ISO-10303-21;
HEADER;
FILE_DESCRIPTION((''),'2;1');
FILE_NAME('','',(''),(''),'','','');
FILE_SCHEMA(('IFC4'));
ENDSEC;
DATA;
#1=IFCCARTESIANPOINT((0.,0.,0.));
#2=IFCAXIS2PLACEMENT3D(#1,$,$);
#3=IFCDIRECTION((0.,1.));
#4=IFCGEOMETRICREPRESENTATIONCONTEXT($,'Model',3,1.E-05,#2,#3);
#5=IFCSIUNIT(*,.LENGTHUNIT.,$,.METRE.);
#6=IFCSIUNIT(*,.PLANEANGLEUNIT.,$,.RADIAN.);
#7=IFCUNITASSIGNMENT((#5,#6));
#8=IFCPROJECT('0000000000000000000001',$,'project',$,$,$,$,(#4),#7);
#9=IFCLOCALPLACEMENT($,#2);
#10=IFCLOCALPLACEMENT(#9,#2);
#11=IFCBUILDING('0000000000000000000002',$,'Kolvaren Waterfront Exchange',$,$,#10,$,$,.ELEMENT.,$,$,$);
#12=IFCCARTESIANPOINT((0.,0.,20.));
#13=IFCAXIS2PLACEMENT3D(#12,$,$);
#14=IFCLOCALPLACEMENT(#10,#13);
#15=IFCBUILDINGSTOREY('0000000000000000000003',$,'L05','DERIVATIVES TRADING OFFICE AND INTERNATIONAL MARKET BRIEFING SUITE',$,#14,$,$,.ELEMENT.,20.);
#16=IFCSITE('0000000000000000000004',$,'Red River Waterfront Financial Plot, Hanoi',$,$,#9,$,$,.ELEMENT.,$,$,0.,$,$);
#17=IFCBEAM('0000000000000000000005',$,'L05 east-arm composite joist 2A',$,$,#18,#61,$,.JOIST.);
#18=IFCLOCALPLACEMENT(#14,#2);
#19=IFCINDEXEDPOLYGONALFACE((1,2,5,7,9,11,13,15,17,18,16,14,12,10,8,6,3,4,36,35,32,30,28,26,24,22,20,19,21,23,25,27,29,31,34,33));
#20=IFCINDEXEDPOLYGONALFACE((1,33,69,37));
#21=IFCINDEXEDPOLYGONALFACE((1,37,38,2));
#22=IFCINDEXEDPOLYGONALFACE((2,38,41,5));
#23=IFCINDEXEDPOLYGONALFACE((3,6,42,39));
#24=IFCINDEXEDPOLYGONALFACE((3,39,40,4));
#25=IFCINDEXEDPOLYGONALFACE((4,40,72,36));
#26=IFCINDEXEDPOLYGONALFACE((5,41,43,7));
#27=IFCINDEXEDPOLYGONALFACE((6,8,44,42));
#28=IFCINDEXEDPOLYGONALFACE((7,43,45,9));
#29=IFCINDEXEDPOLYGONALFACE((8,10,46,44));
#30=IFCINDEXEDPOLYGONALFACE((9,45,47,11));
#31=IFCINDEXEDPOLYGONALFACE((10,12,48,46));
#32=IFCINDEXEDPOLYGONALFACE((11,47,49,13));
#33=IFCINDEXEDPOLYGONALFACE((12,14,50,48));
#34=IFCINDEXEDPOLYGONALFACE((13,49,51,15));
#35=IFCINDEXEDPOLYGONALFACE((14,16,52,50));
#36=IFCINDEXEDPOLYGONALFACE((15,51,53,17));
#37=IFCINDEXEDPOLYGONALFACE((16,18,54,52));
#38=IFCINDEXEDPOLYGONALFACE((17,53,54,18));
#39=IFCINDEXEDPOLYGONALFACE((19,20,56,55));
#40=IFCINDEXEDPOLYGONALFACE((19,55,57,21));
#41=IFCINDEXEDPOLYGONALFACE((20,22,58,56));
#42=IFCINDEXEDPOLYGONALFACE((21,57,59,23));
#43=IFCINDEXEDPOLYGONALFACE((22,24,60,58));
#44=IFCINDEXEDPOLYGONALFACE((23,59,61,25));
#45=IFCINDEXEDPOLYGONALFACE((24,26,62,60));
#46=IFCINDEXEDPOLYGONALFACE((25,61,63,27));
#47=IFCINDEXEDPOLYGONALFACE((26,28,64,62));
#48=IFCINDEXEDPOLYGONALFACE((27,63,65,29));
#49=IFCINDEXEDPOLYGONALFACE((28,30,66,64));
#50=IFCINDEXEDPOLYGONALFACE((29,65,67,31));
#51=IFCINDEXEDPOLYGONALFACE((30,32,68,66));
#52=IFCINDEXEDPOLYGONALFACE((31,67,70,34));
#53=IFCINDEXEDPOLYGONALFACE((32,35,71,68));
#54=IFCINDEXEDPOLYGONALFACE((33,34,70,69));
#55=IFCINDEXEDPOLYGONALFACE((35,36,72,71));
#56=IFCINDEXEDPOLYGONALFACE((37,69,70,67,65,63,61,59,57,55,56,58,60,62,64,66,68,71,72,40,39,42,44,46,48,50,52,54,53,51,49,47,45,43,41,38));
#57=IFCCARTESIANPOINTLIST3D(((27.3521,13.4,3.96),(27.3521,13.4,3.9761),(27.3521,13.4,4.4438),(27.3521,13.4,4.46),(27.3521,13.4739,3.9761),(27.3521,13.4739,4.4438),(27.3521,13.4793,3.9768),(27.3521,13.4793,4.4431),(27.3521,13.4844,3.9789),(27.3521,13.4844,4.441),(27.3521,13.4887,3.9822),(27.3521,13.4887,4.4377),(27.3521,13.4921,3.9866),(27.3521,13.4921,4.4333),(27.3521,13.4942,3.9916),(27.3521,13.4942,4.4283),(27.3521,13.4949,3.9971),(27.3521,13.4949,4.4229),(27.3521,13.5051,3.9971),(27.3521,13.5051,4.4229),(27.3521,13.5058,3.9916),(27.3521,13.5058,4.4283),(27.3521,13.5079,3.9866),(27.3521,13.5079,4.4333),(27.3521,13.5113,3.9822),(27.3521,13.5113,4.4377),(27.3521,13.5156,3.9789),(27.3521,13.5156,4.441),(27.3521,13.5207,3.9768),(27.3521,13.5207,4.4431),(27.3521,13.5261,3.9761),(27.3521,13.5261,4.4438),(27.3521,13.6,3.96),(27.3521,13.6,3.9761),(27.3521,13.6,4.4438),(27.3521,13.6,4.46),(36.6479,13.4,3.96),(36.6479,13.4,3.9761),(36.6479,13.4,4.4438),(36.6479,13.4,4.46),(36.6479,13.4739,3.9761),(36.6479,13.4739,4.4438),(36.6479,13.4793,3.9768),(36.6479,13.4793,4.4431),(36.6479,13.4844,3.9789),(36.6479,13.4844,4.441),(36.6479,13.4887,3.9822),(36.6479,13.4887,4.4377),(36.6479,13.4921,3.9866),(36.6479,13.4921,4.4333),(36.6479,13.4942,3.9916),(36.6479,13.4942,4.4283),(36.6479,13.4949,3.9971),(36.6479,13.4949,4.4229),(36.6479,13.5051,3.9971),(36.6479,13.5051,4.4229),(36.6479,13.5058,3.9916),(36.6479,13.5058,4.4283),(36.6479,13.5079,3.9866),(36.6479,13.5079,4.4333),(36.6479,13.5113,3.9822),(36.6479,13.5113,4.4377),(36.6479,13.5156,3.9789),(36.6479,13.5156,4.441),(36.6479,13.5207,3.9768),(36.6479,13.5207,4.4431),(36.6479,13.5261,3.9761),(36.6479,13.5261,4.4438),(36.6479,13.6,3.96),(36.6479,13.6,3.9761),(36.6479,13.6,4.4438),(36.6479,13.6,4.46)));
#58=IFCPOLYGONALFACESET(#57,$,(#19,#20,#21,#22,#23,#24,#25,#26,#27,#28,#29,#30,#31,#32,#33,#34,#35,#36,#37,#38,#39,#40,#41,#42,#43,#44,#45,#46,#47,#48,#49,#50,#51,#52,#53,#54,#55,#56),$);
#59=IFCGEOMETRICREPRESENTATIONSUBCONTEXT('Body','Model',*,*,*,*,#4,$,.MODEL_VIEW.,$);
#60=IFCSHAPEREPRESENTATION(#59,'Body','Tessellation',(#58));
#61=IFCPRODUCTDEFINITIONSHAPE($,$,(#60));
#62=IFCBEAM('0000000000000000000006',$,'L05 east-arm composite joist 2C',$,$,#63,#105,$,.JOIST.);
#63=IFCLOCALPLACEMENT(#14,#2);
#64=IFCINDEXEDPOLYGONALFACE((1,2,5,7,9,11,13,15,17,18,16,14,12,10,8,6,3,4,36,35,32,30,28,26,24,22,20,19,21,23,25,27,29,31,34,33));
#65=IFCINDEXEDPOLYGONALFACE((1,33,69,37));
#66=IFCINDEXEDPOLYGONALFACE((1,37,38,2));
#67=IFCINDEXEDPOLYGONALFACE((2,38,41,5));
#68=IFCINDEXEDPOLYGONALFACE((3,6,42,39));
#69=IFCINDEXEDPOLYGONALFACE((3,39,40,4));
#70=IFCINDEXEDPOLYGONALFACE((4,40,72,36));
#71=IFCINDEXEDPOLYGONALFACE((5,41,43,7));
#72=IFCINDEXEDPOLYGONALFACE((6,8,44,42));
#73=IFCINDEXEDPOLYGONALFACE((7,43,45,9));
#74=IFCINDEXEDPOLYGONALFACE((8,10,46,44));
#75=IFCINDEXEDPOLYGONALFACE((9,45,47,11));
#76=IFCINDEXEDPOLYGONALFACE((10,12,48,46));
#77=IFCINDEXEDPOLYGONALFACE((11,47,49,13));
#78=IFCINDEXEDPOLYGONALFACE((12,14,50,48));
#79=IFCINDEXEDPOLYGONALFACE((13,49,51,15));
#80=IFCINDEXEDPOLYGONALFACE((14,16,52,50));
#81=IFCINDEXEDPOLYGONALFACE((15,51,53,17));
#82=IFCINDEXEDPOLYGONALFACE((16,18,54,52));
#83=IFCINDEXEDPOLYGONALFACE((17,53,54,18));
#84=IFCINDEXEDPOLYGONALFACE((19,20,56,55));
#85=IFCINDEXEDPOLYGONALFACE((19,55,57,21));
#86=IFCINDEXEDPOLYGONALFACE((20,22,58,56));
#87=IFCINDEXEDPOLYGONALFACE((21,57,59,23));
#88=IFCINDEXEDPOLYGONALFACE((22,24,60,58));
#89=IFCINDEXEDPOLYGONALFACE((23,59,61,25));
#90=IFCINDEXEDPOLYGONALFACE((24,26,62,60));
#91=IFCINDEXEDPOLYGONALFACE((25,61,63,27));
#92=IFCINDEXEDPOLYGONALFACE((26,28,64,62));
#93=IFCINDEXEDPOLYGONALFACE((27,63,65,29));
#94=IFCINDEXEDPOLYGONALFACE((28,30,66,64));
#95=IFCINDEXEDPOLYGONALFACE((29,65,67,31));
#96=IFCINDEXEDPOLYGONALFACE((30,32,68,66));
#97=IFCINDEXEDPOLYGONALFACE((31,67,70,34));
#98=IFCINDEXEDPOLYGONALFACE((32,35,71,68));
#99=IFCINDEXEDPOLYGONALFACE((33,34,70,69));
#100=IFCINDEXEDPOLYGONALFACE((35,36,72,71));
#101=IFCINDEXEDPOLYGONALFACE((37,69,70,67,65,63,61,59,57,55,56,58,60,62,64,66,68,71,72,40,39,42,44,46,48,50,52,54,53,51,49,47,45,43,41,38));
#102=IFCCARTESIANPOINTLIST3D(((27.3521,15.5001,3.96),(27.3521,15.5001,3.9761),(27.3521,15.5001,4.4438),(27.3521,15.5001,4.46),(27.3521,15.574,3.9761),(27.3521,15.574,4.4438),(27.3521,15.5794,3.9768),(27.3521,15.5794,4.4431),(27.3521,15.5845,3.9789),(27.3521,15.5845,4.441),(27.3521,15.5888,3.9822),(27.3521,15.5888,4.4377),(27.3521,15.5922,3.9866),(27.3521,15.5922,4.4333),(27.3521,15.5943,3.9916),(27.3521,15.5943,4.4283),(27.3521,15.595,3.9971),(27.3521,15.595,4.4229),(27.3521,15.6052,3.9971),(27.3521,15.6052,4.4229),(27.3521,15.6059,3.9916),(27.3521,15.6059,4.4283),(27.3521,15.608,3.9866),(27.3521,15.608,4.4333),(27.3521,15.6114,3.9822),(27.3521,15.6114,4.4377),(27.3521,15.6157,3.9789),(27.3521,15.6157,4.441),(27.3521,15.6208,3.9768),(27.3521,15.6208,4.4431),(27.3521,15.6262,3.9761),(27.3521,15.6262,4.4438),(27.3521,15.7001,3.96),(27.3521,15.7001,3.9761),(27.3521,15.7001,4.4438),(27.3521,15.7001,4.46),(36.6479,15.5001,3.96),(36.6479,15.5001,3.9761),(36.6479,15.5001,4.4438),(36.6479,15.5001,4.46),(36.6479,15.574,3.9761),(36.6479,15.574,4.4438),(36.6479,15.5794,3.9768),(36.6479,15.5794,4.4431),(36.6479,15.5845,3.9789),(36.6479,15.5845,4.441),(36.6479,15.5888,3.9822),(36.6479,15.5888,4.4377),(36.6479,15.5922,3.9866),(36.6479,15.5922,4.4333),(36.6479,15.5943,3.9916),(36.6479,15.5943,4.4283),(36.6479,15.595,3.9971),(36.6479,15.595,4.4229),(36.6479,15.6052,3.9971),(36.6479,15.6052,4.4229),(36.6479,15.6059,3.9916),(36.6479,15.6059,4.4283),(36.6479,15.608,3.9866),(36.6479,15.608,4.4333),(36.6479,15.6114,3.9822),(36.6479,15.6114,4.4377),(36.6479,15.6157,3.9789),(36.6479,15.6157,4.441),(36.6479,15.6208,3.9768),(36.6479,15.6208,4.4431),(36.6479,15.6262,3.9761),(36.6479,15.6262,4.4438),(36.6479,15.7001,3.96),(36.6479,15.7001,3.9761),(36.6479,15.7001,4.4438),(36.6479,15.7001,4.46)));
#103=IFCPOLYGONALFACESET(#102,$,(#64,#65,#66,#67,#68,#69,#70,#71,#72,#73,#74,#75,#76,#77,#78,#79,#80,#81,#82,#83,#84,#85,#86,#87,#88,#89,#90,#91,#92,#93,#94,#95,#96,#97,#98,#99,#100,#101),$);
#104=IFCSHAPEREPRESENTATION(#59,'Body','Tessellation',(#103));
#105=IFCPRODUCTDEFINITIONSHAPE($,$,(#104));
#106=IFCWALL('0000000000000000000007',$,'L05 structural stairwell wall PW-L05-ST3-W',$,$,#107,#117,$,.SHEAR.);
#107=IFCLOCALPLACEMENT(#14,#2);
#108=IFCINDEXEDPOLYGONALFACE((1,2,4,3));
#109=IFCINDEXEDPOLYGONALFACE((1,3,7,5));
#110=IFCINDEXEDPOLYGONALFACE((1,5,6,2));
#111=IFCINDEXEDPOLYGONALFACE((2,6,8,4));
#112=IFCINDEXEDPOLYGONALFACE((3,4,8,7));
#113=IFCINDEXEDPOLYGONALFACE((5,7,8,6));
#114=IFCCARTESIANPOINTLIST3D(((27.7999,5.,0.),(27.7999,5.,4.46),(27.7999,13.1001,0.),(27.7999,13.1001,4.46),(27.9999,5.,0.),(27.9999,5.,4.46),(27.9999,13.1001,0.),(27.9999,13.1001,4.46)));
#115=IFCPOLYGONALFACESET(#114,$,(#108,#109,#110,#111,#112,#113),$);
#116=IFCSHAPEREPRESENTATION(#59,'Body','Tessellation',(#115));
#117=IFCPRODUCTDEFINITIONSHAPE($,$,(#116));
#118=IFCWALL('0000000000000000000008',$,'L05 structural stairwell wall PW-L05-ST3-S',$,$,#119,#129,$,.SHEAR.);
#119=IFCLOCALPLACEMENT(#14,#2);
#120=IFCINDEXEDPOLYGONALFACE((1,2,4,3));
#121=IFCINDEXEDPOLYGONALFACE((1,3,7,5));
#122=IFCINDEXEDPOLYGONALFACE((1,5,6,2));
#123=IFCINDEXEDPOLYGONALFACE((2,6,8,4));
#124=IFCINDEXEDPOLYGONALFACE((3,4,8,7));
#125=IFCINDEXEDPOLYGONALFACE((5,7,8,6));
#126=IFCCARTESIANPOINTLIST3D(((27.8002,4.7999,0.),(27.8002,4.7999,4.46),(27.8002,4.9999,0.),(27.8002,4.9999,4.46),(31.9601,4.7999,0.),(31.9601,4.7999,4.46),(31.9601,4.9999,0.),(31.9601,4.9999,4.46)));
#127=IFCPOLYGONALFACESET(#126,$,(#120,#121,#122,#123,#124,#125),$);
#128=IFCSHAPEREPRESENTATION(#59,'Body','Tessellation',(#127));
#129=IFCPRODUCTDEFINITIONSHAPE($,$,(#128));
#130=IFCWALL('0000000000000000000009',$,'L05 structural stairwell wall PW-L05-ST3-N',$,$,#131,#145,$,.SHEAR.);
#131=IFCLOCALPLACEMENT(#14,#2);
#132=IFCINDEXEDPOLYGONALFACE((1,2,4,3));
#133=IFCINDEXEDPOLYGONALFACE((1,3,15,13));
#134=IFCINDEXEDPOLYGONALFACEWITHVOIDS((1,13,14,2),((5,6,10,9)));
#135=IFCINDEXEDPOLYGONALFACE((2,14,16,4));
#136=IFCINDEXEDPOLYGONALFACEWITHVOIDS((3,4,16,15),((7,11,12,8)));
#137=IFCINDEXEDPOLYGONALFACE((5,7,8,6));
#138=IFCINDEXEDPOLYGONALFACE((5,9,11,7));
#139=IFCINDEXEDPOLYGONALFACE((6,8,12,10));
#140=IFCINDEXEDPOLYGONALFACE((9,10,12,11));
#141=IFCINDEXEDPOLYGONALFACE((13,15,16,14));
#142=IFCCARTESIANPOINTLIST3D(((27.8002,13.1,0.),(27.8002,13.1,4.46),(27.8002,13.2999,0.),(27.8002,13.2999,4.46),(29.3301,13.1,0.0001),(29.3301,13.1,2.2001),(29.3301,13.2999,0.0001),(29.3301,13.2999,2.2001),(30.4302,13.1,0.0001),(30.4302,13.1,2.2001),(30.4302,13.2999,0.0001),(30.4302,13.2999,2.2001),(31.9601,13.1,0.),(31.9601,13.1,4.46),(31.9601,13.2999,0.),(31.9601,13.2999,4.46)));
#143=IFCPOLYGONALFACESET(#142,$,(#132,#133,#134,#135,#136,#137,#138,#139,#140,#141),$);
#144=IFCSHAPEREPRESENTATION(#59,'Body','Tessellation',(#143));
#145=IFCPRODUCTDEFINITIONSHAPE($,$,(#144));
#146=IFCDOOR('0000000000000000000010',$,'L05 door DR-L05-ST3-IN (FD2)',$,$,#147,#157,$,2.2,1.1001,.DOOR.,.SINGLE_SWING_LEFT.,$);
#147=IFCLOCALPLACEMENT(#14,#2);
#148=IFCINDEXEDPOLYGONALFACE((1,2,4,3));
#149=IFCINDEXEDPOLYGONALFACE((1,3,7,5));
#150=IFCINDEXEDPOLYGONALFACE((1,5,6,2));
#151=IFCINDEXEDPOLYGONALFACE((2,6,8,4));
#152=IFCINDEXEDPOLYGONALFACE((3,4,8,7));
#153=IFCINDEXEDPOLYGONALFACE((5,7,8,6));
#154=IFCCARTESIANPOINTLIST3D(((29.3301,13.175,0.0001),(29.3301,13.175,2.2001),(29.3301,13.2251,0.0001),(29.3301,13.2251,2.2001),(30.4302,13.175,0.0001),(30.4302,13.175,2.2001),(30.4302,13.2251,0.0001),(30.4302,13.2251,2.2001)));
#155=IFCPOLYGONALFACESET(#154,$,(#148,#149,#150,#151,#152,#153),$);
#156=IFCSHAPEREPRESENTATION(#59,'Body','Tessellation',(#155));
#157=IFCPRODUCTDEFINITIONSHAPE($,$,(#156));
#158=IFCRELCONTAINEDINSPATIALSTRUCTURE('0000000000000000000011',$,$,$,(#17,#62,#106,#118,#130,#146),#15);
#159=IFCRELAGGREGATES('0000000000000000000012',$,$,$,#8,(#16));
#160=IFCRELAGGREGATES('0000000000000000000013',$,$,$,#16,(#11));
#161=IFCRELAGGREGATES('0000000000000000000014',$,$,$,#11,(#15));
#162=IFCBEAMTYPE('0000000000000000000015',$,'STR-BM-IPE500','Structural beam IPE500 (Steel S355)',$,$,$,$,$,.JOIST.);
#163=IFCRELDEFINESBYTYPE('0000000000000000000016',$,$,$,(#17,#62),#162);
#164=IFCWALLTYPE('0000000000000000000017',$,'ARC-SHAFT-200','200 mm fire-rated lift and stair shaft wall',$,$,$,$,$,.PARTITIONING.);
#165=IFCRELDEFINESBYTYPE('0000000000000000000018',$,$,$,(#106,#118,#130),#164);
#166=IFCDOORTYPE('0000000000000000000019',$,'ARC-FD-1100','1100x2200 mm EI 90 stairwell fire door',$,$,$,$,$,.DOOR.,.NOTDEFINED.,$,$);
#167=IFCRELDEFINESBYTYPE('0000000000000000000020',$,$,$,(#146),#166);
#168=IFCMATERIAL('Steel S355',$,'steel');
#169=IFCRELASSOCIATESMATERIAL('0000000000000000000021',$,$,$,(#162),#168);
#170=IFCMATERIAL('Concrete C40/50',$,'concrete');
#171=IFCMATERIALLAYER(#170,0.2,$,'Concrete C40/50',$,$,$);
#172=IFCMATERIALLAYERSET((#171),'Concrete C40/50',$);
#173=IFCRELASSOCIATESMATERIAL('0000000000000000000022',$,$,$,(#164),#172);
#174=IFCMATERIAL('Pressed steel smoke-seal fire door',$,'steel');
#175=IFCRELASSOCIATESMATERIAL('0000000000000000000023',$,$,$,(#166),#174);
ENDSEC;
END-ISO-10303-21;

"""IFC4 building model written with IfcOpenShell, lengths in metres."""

from ifc_helpers import new_model, si_unit, direction, frame, frame_2d, origin, origin_2d, place, context, subcontext, project, spatial, rectangle, i_section, extrude, material, layer, layer_set, material_profile, profile_set, type_object, element, fill, save


model = new_model("IFC4")

# Units and contexts
model_context = context("Model", 3, precision=1e-05, world=origin(), true_north=direction((0.0, 1.0)))
body_context = subcontext(model_context, "Body", "Model", "MODEL_VIEW")
ifc_project = project(units=[si_unit("LENGTHUNIT", "METRE"), si_unit("PLANEANGLEUNIT", "RADIAN")], contexts=[model_context])

# Site, building, storey
site_placement = place(None, origin())
site = spatial("IfcSite", under=ifc_project, at=site_placement, Name="Red River Waterfront Financial Plot, Hanoi", CompositionType="ELEMENT", RefElevation=0.0)
building_placement = place(site_placement, origin())
building = spatial("IfcBuilding", under=site, at=building_placement, Name="Kolvaren Waterfront Exchange", CompositionType="ELEMENT")
storey_placement = place(building_placement, frame((0.0, 0.0, 20.0)))
storey = spatial("IfcBuildingStorey", under=building, at=storey_placement, Name="L05", Description="DERIVATIVES TRADING OFFICE AND INTERNATIONAL MARKET BRIEFING SUITE", CompositionType="ELEMENT", Elevation=20.0)

# Beams
ifc_material_1 = material(Name="Steel S355", Category="steel")
ifc_material_profile_1 = material_profile(ifc_material_1, i_section(OverallWidth=0.2, OverallDepth=0.5, WebThickness=0.0103, FlangeThickness=0.0161, FilletRadius=0.021, at=origin_2d()), Name="IPE500")
ifc_profile_set_1 = profile_set([ifc_material_profile_1], Name="Steel S355")
beam_type_1 = type_object("IfcBeamType", Name="STR-BM-IPE500", Description="Structural beam IPE500 (Steel S355)", PredefinedType="JOIST", material=ifc_profile_set_1)
for number, where, z_axis, x_axis, name in (
    (1, (27.3521, 13.5, 4.21), (1.0, 0.0, 0.0), (0.0, 1.0, 0.0), "L05 east-arm composite joist 2A"),
    (2, (27.3521, 15.6001, 4.21), (1.0, 0.0, 0.0), (0.0, 1.0, 0.0), "L05 east-arm composite joist 2C"),
):
    element("IfcBeam", number, at=place(storey_placement, frame(where, z_axis=z_axis, x_axis=x_axis)), inside=storey, type_object=beam_type_1, Name=name, PredefinedType="JOIST", context=body_context, shape_type="SweptSolid", body=[
        extrude(i_section(OverallWidth=0.2, OverallDepth=0.5, WebThickness=0.0103, FlangeThickness=0.0161, FilletRadius=0.021, at=origin_2d()), origin(), (0.0, 0.0, 1.0), 9.2959),
    ])

# Walls
ifc_material_2 = material(Name="Concrete C40/50", Category="concrete")
ifc_layer_1 = layer(ifc_material_2, 0.2, Name="Concrete C40/50")
ifc_layer_set_1 = layer_set([ifc_layer_1], Name="Concrete C40/50")
wall_type = type_object("IfcWallType", Name="ARC-SHAFT-200", Description="200 mm fire-rated lift and stair shaft wall", PredefinedType="PARTITIONING", material=ifc_layer_set_1)
wall_1_placement = place(storey_placement, frame((27.8999, 5.0, 0.0), z_axis=(0.0, 0.0, 1.0), x_axis=(0.0, 1.0, 0.0)))
element("IfcWall", 3, at=wall_1_placement, inside=storey, type_object=wall_type, Name="L05 structural stairwell wall PW-L05-ST3-W", PredefinedType="SHEAR", context=body_context, shape_type="SweptSolid", body=[
    extrude(rectangle(XDim=8.1001, YDim=0.2, at=frame_2d((4.05, 0.0))), origin(), (0.0, 0.0, 1.0), 4.46),
])
wall_2_placement = place(storey_placement, frame((27.8, 4.8999, 0.0), z_axis=(0.0, 0.0, 1.0), x_axis=(1.0, 0.0, 0.0)))
element("IfcWall", 4, at=wall_2_placement, inside=storey, type_object=wall_type, Name="L05 structural stairwell wall PW-L05-ST3-S", PredefinedType="SHEAR", context=body_context, shape_type="SweptSolid", body=[
    extrude(rectangle(XDim=4.1599, YDim=0.2, at=frame_2d((2.0801, 0.0))), origin(), (0.0, 0.0, 1.0), 4.46),
])

# Wall, opening, door
wall_3_placement = place(storey_placement, frame((27.8, 13.2, 0.0), z_axis=(0.0, 0.0, 1.0), x_axis=(1.0, 0.0, 0.0)))
wall_3 = element("IfcWall", 5, at=wall_3_placement, inside=storey, type_object=wall_type, Name="L05 structural stairwell wall PW-L05-ST3-N", PredefinedType="SHEAR", context=body_context, shape_type="SweptSolid", body=[
    extrude(rectangle(XDim=4.1599, YDim=0.2, at=frame_2d((2.0801, 0.0))), origin(), (0.0, 0.0, 1.0), 4.46),
])
opening_placement = place(wall_3_placement, frame((1.53, 0.0, 0.0)))
opening = element("IfcOpeningElement", 6, at=opening_placement, cuts=wall_3, PredefinedType="OPENING", context=body_context, shape_type="SweptSolid", body=[
    extrude(rectangle(XDim=1.1001, YDim=2.2, at=frame_2d((0.55, 1.1001))), frame((0.0, 0.1099, 0.0), z_axis=(0.0, -1.0, 0.0), x_axis=(1.0, 0.0, 0.0)), (0.0, 0.0, 1.0), 0.22),
])
ifc_material_3 = material(Name="Pressed steel smoke-seal fire door", Category="steel")
door_type = type_object("IfcDoorType", Name="ARC-FD-1100", Description="1100x2200 mm EI 90 stairwell fire door", OperationType="NOTDEFINED", PredefinedType="DOOR", material=ifc_material_3)
door_placement = place(opening_placement, frame((1.1001, 0.0, 0.0), z_axis=(0.0, 0.0, 1.0), x_axis=(-1.0, 0.0, 0.0)))
door = element("IfcDoor", 7, at=door_placement, inside=storey, type_object=door_type, Name="L05 door DR-L05-ST3-IN (FD2)", OperationType="SINGLE_SWING_LEFT", OverallHeight=2.2, OverallWidth=1.1001, PredefinedType="DOOR", context=body_context, shape_type="SweptSolid", body=[
    extrude(rectangle(XDim=1.1001, YDim=2.2, at=frame_2d((0.55, 1.1001))), frame((0.0, 0.0249, 0.0), z_axis=(0.0, -1.0, 0.0), x_axis=(1.0, 0.0, 0.0)), (0.0, 0.0, 1.0), 0.05),
])
fill(opening, door)

save(model, "model.ifc")
